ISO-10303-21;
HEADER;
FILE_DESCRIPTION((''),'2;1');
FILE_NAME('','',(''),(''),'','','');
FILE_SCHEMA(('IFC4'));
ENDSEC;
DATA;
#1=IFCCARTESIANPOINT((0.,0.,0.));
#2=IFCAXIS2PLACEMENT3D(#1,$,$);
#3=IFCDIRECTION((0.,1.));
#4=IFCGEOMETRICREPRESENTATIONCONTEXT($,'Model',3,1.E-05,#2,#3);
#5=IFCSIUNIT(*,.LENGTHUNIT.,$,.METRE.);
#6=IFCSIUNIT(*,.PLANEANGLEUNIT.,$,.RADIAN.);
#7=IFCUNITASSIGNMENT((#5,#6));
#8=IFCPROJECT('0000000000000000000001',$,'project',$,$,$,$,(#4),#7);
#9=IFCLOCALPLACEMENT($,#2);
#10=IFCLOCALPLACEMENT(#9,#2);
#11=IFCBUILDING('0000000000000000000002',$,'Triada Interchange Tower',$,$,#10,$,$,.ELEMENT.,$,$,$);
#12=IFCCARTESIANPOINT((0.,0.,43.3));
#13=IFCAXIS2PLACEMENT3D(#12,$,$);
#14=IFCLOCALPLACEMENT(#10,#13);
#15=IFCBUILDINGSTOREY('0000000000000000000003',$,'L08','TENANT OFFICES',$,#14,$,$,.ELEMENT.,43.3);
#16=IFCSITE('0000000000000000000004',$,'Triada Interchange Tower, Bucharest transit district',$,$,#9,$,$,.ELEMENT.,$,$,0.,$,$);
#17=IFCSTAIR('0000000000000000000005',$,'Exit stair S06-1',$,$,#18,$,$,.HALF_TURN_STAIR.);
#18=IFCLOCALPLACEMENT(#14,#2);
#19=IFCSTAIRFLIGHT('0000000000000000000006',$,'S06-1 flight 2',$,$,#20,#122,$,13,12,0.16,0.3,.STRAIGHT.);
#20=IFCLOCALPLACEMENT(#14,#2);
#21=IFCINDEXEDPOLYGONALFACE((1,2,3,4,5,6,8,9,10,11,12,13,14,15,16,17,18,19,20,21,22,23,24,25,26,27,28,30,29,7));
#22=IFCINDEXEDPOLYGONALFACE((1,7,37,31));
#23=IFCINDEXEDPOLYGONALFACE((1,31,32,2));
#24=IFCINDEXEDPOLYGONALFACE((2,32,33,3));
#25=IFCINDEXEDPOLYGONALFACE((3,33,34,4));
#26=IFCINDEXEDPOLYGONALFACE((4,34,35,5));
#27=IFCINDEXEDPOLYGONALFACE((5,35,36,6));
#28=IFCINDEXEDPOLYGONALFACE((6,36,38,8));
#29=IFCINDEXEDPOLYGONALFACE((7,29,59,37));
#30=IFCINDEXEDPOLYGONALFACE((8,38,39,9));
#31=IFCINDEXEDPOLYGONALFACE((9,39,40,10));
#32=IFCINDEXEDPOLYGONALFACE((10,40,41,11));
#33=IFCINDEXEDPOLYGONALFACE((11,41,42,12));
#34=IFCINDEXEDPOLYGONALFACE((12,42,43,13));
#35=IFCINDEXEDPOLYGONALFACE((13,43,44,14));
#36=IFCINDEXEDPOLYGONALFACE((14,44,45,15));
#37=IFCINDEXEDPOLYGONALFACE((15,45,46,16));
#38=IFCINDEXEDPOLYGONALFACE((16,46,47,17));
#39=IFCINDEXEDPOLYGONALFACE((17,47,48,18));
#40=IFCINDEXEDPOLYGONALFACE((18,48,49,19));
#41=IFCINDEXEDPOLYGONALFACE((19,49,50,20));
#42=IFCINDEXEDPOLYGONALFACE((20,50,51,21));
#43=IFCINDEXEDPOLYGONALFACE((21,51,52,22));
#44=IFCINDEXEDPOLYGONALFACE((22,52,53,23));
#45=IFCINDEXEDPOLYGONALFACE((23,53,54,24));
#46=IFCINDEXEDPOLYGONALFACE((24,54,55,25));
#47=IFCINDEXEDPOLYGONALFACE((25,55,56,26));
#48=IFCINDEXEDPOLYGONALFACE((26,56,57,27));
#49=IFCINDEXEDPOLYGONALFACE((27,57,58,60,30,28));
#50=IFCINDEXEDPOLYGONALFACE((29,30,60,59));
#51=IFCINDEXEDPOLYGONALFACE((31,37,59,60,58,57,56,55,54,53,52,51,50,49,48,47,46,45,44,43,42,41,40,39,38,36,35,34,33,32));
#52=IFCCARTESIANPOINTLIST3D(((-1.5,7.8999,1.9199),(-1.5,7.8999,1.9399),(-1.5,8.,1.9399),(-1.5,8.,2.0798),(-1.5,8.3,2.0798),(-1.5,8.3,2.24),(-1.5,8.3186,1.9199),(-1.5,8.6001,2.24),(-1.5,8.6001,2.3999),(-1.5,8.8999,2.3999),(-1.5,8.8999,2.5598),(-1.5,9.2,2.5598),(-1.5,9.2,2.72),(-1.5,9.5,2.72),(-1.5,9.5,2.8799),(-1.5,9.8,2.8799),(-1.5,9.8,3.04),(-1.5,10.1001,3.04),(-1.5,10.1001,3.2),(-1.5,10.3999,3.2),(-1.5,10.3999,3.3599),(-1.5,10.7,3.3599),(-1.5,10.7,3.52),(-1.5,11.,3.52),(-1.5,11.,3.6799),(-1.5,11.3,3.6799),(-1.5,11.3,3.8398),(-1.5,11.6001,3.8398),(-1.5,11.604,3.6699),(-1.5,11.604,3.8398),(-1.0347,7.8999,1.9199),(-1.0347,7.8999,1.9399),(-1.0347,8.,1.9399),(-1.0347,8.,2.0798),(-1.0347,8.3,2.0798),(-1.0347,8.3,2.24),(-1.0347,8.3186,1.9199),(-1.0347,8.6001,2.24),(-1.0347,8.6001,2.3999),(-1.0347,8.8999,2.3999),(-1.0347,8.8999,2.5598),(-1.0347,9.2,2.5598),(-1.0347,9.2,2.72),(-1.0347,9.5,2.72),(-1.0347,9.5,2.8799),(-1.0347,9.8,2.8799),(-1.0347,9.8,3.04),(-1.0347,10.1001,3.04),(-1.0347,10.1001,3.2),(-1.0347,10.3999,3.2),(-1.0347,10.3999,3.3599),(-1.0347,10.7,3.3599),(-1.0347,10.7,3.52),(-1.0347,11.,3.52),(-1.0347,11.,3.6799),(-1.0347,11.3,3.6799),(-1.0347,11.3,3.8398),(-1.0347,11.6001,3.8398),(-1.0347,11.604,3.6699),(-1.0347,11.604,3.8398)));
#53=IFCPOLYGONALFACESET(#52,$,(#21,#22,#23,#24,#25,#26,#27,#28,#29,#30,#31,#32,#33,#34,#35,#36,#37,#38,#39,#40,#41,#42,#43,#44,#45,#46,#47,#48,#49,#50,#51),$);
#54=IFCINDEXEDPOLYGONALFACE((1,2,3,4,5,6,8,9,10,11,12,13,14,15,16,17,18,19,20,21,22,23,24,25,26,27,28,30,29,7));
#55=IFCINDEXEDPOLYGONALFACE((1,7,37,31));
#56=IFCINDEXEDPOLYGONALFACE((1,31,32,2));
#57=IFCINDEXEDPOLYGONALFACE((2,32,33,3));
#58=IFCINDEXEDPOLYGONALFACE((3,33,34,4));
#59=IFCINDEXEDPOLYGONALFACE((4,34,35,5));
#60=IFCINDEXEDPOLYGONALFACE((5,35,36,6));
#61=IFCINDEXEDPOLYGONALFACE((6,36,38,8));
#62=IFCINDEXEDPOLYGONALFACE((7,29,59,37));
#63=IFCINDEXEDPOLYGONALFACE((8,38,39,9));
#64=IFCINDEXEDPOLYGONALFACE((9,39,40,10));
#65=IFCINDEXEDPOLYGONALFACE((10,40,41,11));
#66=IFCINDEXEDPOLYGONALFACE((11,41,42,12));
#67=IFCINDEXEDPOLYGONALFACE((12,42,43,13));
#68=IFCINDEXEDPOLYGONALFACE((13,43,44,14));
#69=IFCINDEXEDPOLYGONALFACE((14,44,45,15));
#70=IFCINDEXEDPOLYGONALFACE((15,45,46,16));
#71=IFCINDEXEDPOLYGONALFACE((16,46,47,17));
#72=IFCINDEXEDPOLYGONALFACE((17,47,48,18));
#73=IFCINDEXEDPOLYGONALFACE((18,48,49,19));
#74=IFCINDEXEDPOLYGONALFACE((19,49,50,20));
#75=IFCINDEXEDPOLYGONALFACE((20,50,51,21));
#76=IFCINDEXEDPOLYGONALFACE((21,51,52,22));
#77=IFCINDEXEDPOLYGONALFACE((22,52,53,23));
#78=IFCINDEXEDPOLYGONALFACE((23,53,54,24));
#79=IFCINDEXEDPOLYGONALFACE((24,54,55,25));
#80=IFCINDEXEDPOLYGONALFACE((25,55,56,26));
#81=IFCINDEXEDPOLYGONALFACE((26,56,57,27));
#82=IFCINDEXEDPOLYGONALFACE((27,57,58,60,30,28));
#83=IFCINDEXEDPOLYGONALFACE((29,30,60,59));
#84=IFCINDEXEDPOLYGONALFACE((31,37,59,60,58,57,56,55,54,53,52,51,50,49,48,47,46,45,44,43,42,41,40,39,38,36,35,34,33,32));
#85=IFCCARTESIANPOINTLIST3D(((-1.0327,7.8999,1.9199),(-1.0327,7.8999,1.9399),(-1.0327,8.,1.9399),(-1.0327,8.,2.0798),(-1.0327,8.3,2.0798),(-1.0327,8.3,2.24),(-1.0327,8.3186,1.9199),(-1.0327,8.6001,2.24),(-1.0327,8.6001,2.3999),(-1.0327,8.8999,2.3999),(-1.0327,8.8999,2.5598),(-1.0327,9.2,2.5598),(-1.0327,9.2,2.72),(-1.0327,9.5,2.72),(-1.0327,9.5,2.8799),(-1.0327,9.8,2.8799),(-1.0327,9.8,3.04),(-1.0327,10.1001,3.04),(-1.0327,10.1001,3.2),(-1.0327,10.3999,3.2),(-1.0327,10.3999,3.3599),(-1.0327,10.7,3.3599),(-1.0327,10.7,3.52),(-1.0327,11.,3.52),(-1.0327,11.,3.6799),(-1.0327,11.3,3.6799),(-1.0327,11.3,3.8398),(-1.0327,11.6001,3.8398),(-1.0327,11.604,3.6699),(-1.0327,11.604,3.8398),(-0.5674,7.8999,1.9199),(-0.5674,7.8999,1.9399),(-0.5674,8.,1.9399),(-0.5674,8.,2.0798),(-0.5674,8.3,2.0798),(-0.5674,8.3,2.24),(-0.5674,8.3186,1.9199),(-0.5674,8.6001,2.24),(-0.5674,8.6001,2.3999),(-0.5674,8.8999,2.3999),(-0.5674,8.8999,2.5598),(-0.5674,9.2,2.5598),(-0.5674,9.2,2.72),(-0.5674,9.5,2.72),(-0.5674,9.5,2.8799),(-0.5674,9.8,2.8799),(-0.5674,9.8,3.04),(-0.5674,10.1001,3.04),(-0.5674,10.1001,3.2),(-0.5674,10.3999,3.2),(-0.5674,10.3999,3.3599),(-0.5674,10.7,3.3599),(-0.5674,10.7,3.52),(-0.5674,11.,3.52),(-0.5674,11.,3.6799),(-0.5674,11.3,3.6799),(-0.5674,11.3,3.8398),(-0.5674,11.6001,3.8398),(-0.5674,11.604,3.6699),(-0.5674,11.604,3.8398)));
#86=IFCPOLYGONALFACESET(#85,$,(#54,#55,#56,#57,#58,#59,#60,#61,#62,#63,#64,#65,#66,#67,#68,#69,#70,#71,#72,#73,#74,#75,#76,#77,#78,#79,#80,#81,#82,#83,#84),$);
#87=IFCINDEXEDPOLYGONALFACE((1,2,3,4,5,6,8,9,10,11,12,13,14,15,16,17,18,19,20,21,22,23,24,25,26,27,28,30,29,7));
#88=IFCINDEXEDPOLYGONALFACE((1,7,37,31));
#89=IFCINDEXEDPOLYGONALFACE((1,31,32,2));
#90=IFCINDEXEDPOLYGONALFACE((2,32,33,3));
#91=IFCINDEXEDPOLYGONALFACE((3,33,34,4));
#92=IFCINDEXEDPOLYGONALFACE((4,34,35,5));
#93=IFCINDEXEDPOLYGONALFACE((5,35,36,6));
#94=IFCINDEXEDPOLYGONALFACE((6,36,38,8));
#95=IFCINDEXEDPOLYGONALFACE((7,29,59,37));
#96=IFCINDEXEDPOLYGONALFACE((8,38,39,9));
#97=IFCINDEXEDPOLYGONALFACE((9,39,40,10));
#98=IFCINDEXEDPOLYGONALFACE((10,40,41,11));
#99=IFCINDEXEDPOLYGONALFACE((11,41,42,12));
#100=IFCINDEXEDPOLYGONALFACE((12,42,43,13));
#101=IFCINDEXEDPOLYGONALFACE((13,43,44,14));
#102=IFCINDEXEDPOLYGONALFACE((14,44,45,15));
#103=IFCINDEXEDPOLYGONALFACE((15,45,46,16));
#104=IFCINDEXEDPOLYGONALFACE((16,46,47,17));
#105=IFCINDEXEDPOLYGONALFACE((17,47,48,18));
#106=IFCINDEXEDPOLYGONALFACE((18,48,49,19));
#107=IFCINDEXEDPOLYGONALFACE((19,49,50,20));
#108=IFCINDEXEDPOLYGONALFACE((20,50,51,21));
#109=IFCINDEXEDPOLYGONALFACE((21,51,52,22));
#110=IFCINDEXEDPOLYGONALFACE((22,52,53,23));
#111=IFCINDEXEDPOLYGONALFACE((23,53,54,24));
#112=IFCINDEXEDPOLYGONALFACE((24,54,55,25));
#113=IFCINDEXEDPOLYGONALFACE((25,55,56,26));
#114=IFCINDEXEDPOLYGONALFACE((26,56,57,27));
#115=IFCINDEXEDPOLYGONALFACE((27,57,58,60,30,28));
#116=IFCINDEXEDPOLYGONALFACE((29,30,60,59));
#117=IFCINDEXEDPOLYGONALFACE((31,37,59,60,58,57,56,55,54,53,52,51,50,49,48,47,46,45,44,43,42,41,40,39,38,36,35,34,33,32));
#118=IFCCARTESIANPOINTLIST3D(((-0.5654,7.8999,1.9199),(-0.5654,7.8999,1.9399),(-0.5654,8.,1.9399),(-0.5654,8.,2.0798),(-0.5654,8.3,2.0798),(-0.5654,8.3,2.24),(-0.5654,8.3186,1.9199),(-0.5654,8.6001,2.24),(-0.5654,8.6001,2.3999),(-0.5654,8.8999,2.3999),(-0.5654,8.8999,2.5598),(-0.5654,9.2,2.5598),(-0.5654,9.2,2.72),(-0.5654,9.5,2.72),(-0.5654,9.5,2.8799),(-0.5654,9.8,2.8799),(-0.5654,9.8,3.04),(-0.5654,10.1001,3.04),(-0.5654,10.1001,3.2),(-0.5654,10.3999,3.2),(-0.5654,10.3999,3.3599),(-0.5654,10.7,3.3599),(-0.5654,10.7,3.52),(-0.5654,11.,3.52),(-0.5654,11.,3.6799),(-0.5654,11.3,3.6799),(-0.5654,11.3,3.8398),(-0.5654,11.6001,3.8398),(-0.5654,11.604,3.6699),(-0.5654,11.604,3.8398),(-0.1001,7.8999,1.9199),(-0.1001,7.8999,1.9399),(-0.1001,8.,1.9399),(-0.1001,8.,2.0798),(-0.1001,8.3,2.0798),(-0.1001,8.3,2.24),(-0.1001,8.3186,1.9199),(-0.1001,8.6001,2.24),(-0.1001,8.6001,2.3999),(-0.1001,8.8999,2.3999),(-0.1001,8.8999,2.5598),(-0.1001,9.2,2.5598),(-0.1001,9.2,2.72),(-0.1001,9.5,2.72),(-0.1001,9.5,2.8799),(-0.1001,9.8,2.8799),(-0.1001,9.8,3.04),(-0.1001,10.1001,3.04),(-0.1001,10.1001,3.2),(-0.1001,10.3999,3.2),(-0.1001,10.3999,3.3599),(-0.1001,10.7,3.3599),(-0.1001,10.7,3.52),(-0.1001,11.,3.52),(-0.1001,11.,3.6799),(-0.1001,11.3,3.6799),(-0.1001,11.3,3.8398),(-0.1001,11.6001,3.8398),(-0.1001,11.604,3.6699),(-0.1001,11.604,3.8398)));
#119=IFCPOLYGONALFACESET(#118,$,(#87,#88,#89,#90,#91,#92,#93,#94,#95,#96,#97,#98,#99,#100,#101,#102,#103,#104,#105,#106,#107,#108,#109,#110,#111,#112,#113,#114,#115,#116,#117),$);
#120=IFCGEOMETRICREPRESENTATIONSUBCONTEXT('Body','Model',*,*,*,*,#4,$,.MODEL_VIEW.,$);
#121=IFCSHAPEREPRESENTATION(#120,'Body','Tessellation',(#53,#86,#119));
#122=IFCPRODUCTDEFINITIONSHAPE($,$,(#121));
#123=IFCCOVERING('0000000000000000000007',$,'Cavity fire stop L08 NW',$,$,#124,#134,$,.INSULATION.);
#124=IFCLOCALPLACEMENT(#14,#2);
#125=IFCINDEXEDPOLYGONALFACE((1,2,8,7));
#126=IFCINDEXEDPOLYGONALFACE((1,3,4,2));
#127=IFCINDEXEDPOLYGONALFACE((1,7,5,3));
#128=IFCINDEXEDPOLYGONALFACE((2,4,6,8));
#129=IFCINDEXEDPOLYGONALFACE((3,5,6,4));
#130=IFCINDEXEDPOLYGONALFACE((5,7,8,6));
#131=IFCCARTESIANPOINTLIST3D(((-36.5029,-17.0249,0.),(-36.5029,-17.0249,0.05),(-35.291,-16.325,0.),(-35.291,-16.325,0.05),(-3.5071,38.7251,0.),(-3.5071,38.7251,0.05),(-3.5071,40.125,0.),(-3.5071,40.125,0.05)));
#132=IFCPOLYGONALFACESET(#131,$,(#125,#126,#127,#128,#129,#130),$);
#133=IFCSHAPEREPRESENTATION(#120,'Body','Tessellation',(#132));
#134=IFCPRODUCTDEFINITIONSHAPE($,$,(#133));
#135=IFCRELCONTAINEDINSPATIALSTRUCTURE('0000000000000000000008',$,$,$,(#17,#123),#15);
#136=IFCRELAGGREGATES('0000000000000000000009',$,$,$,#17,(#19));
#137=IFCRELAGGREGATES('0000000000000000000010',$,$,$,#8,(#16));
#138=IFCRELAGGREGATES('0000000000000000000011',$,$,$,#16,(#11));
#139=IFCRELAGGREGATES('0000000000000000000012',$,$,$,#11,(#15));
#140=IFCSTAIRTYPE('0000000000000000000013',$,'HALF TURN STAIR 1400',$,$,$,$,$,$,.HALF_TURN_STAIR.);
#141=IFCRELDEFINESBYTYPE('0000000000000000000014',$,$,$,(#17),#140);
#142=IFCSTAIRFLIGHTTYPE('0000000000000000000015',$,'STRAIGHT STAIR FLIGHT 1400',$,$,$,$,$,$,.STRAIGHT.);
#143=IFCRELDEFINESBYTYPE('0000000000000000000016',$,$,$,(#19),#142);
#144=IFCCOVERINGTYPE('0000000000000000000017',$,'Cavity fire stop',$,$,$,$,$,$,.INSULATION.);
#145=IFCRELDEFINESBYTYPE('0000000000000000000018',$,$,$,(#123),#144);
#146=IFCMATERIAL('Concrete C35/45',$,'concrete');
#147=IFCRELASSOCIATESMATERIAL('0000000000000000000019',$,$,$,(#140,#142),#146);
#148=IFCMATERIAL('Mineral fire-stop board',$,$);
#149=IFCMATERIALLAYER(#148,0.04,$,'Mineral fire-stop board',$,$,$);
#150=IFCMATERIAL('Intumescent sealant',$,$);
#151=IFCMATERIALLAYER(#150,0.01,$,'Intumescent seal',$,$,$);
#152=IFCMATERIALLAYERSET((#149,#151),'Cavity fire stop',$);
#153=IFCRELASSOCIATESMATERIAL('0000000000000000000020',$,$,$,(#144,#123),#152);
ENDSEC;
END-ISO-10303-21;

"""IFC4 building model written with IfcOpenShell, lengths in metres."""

from ifc_helpers import new_model, si_unit, direction, frame, origin, place, context, subcontext, project, spatial, polyline, outline, extrude, material, layer, layer_set, layer_usage, type_object, element, aggregate, save


model = new_model("IFC4")

# Units and contexts
model_context = context("Model", 3, precision=1e-05, world=origin(), true_north=direction((0.0, 1.0)))
body_context = subcontext(model_context, "Body", "Model", "MODEL_VIEW")
ifc_project = project(units=[si_unit("LENGTHUNIT", "METRE"), si_unit("PLANEANGLEUNIT", "RADIAN")], contexts=[model_context])

# Site, building, storey
site_placement = place(None, origin())
site = spatial("IfcSite", under=ifc_project, at=site_placement, Name="Triada Interchange Tower, Bucharest transit district", CompositionType="ELEMENT", RefElevation=0.0)
building_placement = place(site_placement, origin())
building = spatial("IfcBuilding", under=site, at=building_placement, Name="Triada Interchange Tower", CompositionType="ELEMENT")
storey_placement = place(building_placement, frame((0.0, 0.0, 43.3)))
storey = spatial("IfcBuildingStorey", under=building, at=storey_placement, Name="L08", Description="TENANT OFFICES", CompositionType="ELEMENT", Elevation=43.3)

# Stair, stair flight
ifc_material_1 = material(Name="Concrete C35/45", Category="concrete")
stair_type = type_object("IfcStairType", Name="HALF TURN STAIR 1400", PredefinedType="HALF_TURN_STAIR", material=ifc_material_1)
stair_placement = place(storey_placement, origin())
stair = element("IfcStair", 1, at=stair_placement, inside=storey, type_object=stair_type, Name="Exit stair S06-1", PredefinedType="HALF_TURN_STAIR")
stair_flight_type = type_object("IfcStairFlightType", Name="STRAIGHT STAIR FLIGHT 1400", PredefinedType="STRAIGHT", material=ifc_material_1)
stair_flight_placement = place(storey_placement, frame((-0.8, 8.0, 1.9199), z_axis=(0.0, 0.0, 1.0), x_axis=(0.0, 1.0, 0.0)))
stair_flight = element("IfcStairFlight", 2, at=stair_flight_placement, type_object=stair_flight_type, Name="S06-1 flight 2", NumberOfRisers=13, NumberOfTreads=12, PredefinedType="STRAIGHT", RiserHeight=0.16, TreadLength=0.3, context=body_context, shape_type="SweptSolid", body=[
    extrude(outline(polyline([(-0.1001, 0.0), (-0.1001, 0.02), (0.0, 0.02), (0.0, 0.1599), (0.3, 0.1599), (0.3, 0.3201), (0.6001, 0.3201), (0.6001, 0.48), (0.8999, 0.48), (0.8999, 0.6399), (1.2, 0.6399), (1.2, 0.8), (1.5, 0.8), (1.5, 0.96), (1.8, 0.96), (1.8, 1.1201), (2.1001, 1.1201), (2.1001, 1.28), (2.3999, 1.28), (2.3999, 1.4399), (2.7, 1.4399), (2.7, 1.6001), (3.0, 1.6001), (3.0, 1.76), (3.3, 1.76), (3.3, 1.9199), (3.6001, 1.9199), (3.604, 1.9199), (3.604, 2.0801), (3.604, 1.75), (0.3186, 0.0), (-0.1001, 0.0)])), frame((0.0, 0.7, 0.0), z_axis=(0.0, -1.0, 0.0), x_axis=(1.0, 0.0, 0.0)), (0.0, 0.0, 1.0), 0.4653),
    extrude(outline(polyline([(-0.1001, 0.0), (-0.1001, 0.02), (0.0, 0.02), (0.0, 0.1599), (0.3, 0.1599), (0.3, 0.3201), (0.6001, 0.3201), (0.6001, 0.48), (0.8999, 0.48), (0.8999, 0.6399), (1.2, 0.6399), (1.2, 0.8), (1.5, 0.8), (1.5, 0.96), (1.8, 0.96), (1.8, 1.1201), (2.1001, 1.1201), (2.1001, 1.28), (2.3999, 1.28), (2.3999, 1.4399), (2.7, 1.4399), (2.7, 1.6001), (3.0, 1.6001), (3.0, 1.76), (3.3, 1.76), (3.3, 1.9199), (3.6001, 1.9199), (3.604, 1.9199), (3.604, 2.0801), (3.604, 1.75), (0.3186, 0.0), (-0.1001, 0.0)])), frame((0.0, 0.2327, 0.0), z_axis=(0.0, -1.0, 0.0), x_axis=(1.0, 0.0, 0.0)), (0.0, 0.0, 1.0), 0.4653),
    extrude(outline(polyline([(-0.1001, 0.0), (-0.1001, 0.02), (0.0, 0.02), (0.0, 0.1599), (0.3, 0.1599), (0.3, 0.3201), (0.6001, 0.3201), (0.6001, 0.48), (0.8999, 0.48), (0.8999, 0.6399), (1.2, 0.6399), (1.2, 0.8), (1.5, 0.8), (1.5, 0.96), (1.8, 0.96), (1.8, 1.1201), (2.1001, 1.1201), (2.1001, 1.28), (2.3999, 1.28), (2.3999, 1.4399), (2.7, 1.4399), (2.7, 1.6001), (3.0, 1.6001), (3.0, 1.76), (3.3, 1.76), (3.3, 1.9199), (3.6001, 1.9199), (3.604, 1.9199), (3.604, 2.0801), (3.604, 1.75), (0.3186, 0.0), (-0.1001, 0.0)])), frame((0.0, -0.2346, 0.0), z_axis=(0.0, -1.0, 0.0), x_axis=(1.0, 0.0, 0.0)), (0.0, 0.0, 1.0), 0.4653),
])

# Covering
ifc_material_2 = material(Name="Mineral fire-stop board")
ifc_layer_1 = layer(ifc_material_2, 0.04, Name="Mineral fire-stop board")
ifc_material_3 = material(Name="Intumescent sealant")
ifc_layer_2 = layer(ifc_material_3, 0.01, Name="Intumescent seal")
ifc_layer_set_1 = layer_set([ifc_layer_1, ifc_layer_2], Name="Cavity fire stop")
ifc_layer_usage = layer_usage(ifc_layer_set_1, "AXIS3", "POSITIVE", 0.0)
covering_type = type_object("IfcCoveringType", Name="Cavity fire stop", PredefinedType="INSULATION", material=ifc_layer_set_1)
covering_placement = place(storey_placement, origin())
element("IfcCovering", 3, at=covering_placement, inside=storey, type_object=covering_type, material=ifc_layer_usage, Name="Cavity fire stop L08 NW", PredefinedType="INSULATION", context=body_context, shape_type="SweptSolid", body=[
    extrude(outline(polyline([(-3.5071, 38.7251), (-3.5071, 40.125), (-36.5029, -17.0249), (-35.291, -16.325), (-3.5071, 38.7251)])), origin(), (0.0, 0.0, 1.0), 0.05),
])

aggregate(stair, [stair_flight])

save(model, "model.ifc")
